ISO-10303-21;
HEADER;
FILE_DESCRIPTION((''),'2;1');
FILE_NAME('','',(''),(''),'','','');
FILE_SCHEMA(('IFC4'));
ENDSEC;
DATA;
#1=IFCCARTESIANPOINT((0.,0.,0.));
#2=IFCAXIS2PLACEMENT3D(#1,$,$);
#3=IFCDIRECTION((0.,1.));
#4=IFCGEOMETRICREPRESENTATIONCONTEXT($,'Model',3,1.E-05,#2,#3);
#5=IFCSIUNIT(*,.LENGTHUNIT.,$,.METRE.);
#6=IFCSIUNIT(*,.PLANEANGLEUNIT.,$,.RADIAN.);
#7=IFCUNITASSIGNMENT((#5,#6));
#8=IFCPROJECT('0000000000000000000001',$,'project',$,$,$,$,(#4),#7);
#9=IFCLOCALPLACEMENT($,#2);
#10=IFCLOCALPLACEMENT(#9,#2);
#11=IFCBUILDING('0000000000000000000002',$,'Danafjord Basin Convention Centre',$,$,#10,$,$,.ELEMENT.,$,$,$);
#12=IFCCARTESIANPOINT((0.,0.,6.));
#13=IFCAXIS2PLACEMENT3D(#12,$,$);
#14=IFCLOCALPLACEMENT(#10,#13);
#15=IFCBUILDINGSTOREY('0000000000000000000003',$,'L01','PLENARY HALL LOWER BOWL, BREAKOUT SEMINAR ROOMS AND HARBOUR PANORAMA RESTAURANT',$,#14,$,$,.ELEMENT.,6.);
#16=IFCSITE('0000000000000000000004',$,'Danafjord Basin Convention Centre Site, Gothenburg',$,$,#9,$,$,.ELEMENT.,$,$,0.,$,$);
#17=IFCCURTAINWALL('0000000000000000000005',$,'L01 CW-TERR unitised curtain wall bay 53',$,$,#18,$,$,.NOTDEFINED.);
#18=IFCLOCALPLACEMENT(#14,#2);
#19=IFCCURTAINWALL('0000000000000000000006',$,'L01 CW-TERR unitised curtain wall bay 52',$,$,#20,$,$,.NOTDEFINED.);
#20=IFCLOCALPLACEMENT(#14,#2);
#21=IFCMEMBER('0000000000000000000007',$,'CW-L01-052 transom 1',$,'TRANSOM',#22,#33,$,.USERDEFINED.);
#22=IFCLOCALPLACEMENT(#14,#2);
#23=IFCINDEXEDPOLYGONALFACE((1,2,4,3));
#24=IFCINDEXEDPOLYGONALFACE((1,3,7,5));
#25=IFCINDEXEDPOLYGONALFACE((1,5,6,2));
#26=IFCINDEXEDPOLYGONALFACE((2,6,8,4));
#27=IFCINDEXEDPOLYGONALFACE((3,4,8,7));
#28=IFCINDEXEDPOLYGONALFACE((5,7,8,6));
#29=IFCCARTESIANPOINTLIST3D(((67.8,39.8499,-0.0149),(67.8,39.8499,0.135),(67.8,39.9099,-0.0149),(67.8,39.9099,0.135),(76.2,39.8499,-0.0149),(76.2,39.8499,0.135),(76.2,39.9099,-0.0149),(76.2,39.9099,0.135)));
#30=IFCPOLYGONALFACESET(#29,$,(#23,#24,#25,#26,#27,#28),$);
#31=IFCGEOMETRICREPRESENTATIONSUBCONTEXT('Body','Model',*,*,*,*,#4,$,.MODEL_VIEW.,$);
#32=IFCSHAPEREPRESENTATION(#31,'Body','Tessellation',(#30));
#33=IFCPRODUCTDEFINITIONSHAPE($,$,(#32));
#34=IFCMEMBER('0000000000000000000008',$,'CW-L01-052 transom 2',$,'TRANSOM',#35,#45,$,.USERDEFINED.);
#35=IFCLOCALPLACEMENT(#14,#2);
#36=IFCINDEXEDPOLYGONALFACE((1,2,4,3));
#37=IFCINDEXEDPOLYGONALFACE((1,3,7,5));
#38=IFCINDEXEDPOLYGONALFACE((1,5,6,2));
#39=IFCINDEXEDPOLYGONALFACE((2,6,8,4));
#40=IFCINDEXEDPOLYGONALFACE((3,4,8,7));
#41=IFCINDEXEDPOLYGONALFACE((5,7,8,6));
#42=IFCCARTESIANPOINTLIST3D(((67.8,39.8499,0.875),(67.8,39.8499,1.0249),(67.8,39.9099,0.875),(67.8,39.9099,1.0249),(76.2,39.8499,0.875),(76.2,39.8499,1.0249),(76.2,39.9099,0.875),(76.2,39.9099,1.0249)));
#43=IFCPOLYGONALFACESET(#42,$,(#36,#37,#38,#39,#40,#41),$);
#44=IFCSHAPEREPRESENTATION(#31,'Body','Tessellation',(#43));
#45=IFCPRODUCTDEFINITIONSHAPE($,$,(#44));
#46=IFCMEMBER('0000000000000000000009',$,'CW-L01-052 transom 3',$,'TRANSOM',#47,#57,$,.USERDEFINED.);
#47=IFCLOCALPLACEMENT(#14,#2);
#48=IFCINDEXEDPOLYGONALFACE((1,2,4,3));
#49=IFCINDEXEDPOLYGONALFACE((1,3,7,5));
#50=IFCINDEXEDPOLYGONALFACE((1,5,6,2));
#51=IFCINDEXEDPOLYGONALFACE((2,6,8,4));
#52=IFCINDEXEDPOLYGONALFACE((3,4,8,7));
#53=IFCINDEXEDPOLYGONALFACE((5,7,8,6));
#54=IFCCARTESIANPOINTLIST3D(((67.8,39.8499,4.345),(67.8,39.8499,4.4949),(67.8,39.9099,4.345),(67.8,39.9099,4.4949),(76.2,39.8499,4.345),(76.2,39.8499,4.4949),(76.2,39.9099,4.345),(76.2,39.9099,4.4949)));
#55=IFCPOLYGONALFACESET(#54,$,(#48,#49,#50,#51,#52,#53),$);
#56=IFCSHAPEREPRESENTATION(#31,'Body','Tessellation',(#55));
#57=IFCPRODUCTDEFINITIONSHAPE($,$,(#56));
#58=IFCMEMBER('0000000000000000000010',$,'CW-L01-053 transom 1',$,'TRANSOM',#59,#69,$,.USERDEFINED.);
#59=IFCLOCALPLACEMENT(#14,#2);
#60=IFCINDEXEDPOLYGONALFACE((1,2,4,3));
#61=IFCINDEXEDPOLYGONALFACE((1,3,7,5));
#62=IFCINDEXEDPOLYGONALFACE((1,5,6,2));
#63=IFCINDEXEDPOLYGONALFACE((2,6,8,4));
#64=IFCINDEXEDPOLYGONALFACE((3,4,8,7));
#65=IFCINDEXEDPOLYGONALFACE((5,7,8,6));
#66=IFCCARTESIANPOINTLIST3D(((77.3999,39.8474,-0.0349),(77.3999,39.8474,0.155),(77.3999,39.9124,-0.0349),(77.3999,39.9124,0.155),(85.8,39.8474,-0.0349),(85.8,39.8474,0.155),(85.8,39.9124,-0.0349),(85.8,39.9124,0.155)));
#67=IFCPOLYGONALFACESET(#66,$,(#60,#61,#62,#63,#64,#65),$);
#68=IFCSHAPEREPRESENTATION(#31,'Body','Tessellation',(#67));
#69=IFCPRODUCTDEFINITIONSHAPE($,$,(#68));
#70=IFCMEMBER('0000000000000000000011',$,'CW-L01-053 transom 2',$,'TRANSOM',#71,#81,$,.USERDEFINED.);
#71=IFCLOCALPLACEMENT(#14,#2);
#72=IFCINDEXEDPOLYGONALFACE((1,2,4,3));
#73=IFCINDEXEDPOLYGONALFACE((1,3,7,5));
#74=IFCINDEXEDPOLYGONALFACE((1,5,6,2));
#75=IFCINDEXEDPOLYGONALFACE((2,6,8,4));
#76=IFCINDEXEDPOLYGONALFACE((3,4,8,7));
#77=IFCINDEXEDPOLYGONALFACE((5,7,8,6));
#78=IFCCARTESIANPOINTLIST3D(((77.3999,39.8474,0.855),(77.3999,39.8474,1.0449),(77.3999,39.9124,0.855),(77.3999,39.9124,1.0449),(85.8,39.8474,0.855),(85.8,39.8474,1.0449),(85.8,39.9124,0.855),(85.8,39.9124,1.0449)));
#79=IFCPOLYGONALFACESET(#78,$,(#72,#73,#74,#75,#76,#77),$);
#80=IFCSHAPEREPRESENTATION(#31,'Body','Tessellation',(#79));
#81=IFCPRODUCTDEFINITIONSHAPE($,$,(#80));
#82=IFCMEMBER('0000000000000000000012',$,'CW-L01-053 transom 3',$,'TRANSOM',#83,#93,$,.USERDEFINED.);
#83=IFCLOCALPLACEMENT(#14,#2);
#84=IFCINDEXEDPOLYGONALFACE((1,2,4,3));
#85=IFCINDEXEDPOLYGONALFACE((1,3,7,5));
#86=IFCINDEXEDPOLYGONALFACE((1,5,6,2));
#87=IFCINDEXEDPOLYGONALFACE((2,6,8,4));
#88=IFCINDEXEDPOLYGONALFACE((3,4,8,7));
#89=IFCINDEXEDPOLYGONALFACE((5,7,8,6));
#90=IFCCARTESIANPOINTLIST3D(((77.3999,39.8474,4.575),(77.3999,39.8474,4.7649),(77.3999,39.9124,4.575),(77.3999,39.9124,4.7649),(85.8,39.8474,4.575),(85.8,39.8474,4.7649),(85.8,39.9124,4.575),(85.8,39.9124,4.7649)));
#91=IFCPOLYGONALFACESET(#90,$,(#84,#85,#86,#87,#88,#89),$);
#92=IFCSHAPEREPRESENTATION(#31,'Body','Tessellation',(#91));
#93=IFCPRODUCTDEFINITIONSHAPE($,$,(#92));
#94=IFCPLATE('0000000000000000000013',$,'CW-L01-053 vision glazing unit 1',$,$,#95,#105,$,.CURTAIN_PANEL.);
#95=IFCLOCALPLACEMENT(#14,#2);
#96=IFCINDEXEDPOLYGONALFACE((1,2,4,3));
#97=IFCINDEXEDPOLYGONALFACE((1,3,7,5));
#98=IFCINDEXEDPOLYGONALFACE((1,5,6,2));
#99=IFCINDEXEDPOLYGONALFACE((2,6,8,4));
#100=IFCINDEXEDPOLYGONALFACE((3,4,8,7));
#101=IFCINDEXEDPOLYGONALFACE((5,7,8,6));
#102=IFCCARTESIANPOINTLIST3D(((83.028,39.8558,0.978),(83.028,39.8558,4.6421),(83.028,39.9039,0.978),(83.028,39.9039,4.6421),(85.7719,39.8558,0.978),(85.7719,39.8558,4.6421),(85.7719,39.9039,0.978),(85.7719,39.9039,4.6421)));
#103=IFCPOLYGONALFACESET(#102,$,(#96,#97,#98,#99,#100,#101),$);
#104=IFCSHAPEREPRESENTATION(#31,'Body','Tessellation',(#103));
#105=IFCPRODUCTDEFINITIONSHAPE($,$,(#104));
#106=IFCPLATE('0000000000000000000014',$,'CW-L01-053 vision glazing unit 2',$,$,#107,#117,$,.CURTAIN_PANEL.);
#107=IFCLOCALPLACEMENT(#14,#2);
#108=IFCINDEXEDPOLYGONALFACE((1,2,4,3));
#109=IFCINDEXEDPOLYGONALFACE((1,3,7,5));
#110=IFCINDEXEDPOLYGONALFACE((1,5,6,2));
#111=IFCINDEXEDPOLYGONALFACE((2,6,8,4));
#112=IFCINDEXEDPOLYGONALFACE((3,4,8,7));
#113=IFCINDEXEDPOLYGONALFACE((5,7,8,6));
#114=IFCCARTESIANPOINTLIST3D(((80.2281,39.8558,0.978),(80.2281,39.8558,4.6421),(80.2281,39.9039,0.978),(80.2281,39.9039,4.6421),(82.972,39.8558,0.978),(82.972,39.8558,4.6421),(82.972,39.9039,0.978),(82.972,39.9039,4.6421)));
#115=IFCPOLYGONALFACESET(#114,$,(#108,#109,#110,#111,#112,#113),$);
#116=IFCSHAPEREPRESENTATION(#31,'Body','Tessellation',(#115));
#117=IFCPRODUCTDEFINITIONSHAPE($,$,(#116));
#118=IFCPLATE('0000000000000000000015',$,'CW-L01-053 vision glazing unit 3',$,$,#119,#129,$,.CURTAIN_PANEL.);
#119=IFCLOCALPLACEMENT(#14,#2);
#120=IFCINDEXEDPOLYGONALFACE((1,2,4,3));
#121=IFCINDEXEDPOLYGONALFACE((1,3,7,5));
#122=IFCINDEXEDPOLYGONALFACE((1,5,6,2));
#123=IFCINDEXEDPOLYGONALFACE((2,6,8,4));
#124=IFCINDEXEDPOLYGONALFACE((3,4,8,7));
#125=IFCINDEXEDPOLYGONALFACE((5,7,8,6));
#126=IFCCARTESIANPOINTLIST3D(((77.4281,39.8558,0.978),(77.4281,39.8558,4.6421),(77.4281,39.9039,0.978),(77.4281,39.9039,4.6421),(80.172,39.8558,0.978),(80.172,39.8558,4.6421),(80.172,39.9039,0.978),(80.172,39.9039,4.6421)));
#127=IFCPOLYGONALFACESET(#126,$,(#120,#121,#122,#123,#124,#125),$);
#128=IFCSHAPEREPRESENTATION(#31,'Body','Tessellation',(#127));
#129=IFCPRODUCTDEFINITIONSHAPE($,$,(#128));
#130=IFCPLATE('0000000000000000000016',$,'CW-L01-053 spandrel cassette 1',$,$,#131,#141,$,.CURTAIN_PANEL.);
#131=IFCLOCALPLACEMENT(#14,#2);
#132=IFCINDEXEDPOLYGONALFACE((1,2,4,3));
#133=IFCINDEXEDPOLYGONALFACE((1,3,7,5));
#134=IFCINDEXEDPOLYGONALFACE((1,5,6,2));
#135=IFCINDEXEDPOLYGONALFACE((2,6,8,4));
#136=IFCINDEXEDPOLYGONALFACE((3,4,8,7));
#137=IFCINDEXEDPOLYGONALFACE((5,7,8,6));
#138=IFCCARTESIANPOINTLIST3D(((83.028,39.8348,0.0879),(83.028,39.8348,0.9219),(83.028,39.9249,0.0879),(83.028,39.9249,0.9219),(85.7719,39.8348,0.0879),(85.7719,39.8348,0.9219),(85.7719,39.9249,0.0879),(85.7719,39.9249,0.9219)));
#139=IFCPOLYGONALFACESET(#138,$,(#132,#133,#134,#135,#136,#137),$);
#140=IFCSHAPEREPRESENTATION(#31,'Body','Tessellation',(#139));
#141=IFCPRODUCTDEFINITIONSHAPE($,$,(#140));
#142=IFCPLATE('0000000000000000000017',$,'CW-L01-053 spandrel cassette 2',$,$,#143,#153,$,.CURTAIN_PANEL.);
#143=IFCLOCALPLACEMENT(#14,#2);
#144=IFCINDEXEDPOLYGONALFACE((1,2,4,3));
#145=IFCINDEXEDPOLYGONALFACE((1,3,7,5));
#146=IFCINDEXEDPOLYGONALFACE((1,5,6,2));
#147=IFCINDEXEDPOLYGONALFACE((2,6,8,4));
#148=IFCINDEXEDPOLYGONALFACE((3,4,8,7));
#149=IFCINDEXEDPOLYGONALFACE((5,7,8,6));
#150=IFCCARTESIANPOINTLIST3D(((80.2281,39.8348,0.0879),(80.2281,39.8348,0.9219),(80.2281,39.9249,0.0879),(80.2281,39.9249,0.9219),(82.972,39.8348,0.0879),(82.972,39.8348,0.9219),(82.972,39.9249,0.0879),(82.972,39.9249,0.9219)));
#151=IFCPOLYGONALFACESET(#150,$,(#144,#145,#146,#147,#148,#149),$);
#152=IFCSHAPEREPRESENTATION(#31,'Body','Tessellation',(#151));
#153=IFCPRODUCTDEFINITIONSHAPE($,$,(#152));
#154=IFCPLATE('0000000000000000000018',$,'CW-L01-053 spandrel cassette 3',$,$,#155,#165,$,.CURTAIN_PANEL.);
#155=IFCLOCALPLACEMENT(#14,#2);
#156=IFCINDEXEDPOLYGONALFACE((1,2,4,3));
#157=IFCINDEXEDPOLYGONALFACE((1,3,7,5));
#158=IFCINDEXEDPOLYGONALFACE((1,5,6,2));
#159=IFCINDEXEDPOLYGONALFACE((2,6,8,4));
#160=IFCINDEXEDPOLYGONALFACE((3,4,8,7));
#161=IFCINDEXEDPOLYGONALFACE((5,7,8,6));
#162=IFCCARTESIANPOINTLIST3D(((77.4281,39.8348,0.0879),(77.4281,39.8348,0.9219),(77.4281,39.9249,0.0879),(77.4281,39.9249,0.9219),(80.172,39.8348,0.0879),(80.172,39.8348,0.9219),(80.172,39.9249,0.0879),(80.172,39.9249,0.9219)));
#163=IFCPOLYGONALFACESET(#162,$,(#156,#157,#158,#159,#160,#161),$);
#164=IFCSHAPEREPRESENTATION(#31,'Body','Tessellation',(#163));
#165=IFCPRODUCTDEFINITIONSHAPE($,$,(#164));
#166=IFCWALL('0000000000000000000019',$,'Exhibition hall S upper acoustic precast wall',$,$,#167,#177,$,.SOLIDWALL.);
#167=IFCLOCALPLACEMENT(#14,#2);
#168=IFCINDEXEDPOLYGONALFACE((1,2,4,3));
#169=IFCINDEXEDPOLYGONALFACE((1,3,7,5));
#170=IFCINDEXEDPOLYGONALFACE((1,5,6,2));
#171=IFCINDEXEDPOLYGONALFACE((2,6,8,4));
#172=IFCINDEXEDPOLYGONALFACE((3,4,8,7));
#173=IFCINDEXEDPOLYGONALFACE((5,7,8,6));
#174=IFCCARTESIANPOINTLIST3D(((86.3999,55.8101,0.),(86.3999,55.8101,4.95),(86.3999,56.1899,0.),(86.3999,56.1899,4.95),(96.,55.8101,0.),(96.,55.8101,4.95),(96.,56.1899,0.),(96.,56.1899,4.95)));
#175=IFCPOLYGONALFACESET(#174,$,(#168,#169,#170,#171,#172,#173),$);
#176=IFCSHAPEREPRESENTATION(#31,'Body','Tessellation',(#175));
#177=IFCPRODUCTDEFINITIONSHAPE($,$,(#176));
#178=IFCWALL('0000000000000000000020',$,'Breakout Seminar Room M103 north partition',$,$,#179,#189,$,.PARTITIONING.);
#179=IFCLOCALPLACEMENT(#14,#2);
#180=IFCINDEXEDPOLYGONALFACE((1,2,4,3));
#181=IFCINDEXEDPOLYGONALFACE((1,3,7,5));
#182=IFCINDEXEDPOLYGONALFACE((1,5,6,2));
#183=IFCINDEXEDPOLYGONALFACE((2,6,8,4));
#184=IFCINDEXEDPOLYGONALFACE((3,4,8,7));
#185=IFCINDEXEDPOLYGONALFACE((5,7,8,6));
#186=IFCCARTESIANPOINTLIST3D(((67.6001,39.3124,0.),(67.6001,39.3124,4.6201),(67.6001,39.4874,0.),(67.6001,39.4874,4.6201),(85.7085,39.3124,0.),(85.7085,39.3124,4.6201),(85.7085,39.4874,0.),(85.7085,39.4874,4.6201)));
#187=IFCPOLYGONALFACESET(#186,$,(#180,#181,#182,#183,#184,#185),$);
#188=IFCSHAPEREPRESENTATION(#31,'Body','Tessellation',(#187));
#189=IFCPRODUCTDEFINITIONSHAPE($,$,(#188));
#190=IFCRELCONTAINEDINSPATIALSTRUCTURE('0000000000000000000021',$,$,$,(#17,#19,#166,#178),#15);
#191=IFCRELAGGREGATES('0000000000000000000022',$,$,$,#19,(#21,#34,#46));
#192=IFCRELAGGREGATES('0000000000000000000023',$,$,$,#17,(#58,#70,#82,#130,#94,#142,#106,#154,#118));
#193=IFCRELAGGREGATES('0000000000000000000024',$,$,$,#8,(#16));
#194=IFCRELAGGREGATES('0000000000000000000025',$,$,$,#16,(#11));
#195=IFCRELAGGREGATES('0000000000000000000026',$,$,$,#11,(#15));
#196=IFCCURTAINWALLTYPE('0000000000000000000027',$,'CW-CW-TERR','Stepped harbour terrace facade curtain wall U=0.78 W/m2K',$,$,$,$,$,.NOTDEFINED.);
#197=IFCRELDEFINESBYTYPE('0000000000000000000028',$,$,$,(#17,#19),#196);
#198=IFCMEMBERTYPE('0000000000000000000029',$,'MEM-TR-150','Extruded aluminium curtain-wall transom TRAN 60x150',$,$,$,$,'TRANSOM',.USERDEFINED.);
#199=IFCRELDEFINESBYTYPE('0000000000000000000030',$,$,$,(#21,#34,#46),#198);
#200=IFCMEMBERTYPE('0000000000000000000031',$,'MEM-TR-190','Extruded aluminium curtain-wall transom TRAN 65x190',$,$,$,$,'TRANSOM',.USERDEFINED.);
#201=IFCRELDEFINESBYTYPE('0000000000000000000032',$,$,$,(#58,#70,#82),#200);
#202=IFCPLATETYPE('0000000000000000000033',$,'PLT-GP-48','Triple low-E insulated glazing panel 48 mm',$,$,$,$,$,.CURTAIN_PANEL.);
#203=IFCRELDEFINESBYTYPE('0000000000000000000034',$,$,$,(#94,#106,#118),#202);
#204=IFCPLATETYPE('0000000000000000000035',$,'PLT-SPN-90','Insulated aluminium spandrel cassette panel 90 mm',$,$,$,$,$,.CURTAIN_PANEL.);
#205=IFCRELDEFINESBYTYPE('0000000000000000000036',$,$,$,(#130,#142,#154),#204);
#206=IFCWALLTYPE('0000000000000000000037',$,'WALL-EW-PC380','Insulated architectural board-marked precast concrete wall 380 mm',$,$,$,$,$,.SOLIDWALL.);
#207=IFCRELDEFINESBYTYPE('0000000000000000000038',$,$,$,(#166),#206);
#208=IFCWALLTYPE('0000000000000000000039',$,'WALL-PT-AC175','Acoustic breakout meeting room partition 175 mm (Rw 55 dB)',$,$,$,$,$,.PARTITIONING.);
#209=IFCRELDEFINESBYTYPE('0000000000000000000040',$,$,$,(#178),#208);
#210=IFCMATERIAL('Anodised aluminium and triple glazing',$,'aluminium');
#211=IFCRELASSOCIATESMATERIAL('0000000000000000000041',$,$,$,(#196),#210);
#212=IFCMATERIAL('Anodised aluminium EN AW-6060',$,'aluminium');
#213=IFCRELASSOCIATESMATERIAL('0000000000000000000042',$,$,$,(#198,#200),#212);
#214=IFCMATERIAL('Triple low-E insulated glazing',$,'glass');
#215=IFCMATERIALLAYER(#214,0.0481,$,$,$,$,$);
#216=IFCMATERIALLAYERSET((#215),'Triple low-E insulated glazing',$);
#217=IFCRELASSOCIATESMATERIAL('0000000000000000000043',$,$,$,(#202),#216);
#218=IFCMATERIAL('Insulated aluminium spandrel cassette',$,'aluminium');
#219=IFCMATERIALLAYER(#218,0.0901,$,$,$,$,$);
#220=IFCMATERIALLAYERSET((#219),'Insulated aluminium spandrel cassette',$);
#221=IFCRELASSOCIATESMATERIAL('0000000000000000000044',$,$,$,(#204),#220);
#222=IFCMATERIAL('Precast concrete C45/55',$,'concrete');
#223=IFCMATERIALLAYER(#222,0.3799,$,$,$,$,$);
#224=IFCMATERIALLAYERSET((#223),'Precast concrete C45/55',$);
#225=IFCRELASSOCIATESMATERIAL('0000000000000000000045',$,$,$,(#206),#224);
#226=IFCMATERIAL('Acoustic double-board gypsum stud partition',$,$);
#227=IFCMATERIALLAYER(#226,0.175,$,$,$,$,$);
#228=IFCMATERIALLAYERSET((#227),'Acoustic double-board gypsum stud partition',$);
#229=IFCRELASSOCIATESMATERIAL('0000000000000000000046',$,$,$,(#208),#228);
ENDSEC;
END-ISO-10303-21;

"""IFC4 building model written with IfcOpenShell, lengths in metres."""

from ifc_helpers import new_model, si_unit, direction, frame, frame_2d, origin, origin_2d, place, context, subcontext, project, spatial, rectangle, extrude, material, layer, layer_set, material_profile, profile_set, type_object, element, aggregate, save


model = new_model("IFC4")

# Units and contexts
model_context = context("Model", 3, precision=1e-05, world=origin(), true_north=direction((0.0, 1.0)))
body_context = subcontext(model_context, "Body", "Model", "MODEL_VIEW")
ifc_project = project(units=[si_unit("LENGTHUNIT", "METRE"), si_unit("PLANEANGLEUNIT", "RADIAN")], contexts=[model_context])

# Site, building, storey
site_placement = place(None, origin())
site = spatial("IfcSite", under=ifc_project, at=site_placement, Name="Danafjord Basin Convention Centre Site, Gothenburg", CompositionType="ELEMENT", RefElevation=0.0)
building_placement = place(site_placement, origin())
building = spatial("IfcBuilding", under=site, at=building_placement, Name="Danafjord Basin Convention Centre", CompositionType="ELEMENT")
storey_placement = place(building_placement, frame((0.0, 0.0, 6.0)))
storey = spatial("IfcBuildingStorey", under=building, at=storey_placement, Name="L01", Description="PLENARY HALL LOWER BOWL, BREAKOUT SEMINAR ROOMS AND HARBOUR PANORAMA RESTAURANT", CompositionType="ELEMENT", Elevation=6.0)

# Shared definitions
ifc_material_1 = material(Name="Precast concrete C45/55", Category="concrete")

# Curtain walls, members
ifc_material_2 = material(Name="Anodised aluminium and triple glazing", Category="aluminium")
curtain_wall_type = type_object("IfcCurtainWallType", Name="CW-CW-TERR", Description="Stepped harbour terrace facade curtain wall U=0.78 W/m2K", PredefinedType="NOTDEFINED", material=ifc_material_2)
curtain_wall_1_placement = place(storey_placement, origin())
curtain_wall_1 = element("IfcCurtainWall", 1, at=curtain_wall_1_placement, inside=storey, type_object=curtain_wall_type, Name="L01 CW-TERR unitised curtain wall bay 53", PredefinedType="NOTDEFINED")
ifc_material_3 = material(Name="Anodised aluminium EN AW-6060", Category="aluminium")
curtain_wall_2_placement = place(storey_placement, origin())
curtain_wall_2 = element("IfcCurtainWall", 2, at=curtain_wall_2_placement, inside=storey, type_object=curtain_wall_type, Name="L01 CW-TERR unitised curtain wall bay 52", PredefinedType="NOTDEFINED")
ifc_material_profile_1 = material_profile(ifc_material_3, rectangle(XDim=0.0601, YDim=0.1499, at=origin_2d()), Name="TRAN 60x150")
ifc_profile_set_1 = profile_set([ifc_material_profile_1], Name="Anodised aluminium EN AW-6060")
member_type_1 = type_object("IfcMemberType", Name="MEM-TR-150", Description="Extruded aluminium curtain-wall transom TRAN 60x150", ElementType="TRANSOM", PredefinedType="USERDEFINED", material=ifc_profile_set_1)
member_1_placement = place(storey_placement, frame((76.2, 39.8799, 0.0601), z_axis=(-1.0, 0.0, 0.0), x_axis=(0.0, -1.0, 0.0)))
member_1 = element("IfcMember", 3, at=member_1_placement, type_object=member_type_1, Name="CW-L01-052 transom 1", ObjectType="TRANSOM", PredefinedType="USERDEFINED", context=body_context, shape_type="SweptSolid", body=[
    extrude(rectangle(XDim=0.0601, YDim=0.1499, at=origin_2d()), origin(), (0.0, 0.0, 1.0), 8.3999),
])
member_2_placement = place(storey_placement, frame((76.2, 39.8799, 0.95), z_axis=(-1.0, 0.0, 0.0), x_axis=(0.0, -1.0, 0.0)))
member_2 = element("IfcMember", 4, at=member_2_placement, type_object=member_type_1, Name="CW-L01-052 transom 2", ObjectType="TRANSOM", PredefinedType="USERDEFINED", context=body_context, shape_type="SweptSolid", body=[
    extrude(rectangle(XDim=0.0601, YDim=0.1499, at=origin_2d()), origin(), (0.0, 0.0, 1.0), 8.3999),
])
member_3_placement = place(storey_placement, frame((76.2, 39.8799, 4.4199), z_axis=(-1.0, 0.0, 0.0), x_axis=(0.0, -1.0, 0.0)))
member_3 = element("IfcMember", 5, at=member_3_placement, type_object=member_type_1, Name="CW-L01-052 transom 3", ObjectType="TRANSOM", PredefinedType="USERDEFINED", context=body_context, shape_type="SweptSolid", body=[
    extrude(rectangle(XDim=0.0601, YDim=0.1499, at=origin_2d()), origin(), (0.0, 0.0, 1.0), 8.3999),
])
aggregate(curtain_wall_2, [member_1, member_2, member_3])

# Members
ifc_material_profile_2 = material_profile(ifc_material_3, rectangle(XDim=0.0649, YDim=0.1899, at=origin_2d()), Name="TRAN 65x190")
ifc_profile_set_2 = profile_set([ifc_material_profile_2], Name="Anodised aluminium EN AW-6060")
member_type_2 = type_object("IfcMemberType", Name="MEM-TR-190", Description="Extruded aluminium curtain-wall transom TRAN 65x190", ElementType="TRANSOM", PredefinedType="USERDEFINED", material=ifc_profile_set_2)
member_4_placement = place(storey_placement, frame((85.8, 39.8799, 0.0601), z_axis=(-1.0, 0.0, 0.0), x_axis=(0.0, -1.0, 0.0)))
member_4 = element("IfcMember", 6, at=member_4_placement, type_object=member_type_2, Name="CW-L01-053 transom 1", ObjectType="TRANSOM", PredefinedType="USERDEFINED", context=body_context, shape_type="SweptSolid", body=[
    extrude(rectangle(XDim=0.0649, YDim=0.1899, at=origin_2d()), origin(), (0.0, 0.0, 1.0), 8.4001),
])
member_5_placement = place(storey_placement, frame((85.8, 39.8799, 0.95), z_axis=(-1.0, 0.0, 0.0), x_axis=(0.0, -1.0, 0.0)))
member_5 = element("IfcMember", 7, at=member_5_placement, type_object=member_type_2, Name="CW-L01-053 transom 2", ObjectType="TRANSOM", PredefinedType="USERDEFINED", context=body_context, shape_type="SweptSolid", body=[
    extrude(rectangle(XDim=0.0649, YDim=0.1899, at=origin_2d()), origin(), (0.0, 0.0, 1.0), 8.4001),
])
member_6_placement = place(storey_placement, frame((85.8, 39.8799, 4.6699), z_axis=(-1.0, 0.0, 0.0), x_axis=(0.0, -1.0, 0.0)))
member_6 = element("IfcMember", 8, at=member_6_placement, type_object=member_type_2, Name="CW-L01-053 transom 3", ObjectType="TRANSOM", PredefinedType="USERDEFINED", context=body_context, shape_type="SweptSolid", body=[
    extrude(rectangle(XDim=0.0649, YDim=0.1899, at=origin_2d()), origin(), (0.0, 0.0, 1.0), 8.4001),
])

# Plates
ifc_material_4 = material(Name="Triple low-E insulated glazing", Category="glass")
ifc_layer_1 = layer(ifc_material_4, 0.0481)
ifc_layer_set_1 = layer_set([ifc_layer_1], Name="Triple low-E insulated glazing")
plate_type_1 = type_object("IfcPlateType", Name="PLT-GP-48", Description="Triple low-E insulated glazing panel 48 mm", PredefinedType="CURTAIN_PANEL", material=ifc_layer_set_1)
plate_1_placement = place(storey_placement, frame((84.3999, 39.8799, 0.978), z_axis=(0.0, 0.0, 1.0), x_axis=(-1.0, 0.0, 0.0)))
plate_1 = element("IfcPlate", 9, at=plate_1_placement, type_object=plate_type_1, Name="CW-L01-053 vision glazing unit 1", PredefinedType="CURTAIN_PANEL", context=body_context, shape_type="SweptSolid", body=[
    extrude(rectangle(XDim=2.7439, YDim=0.0481, at=origin_2d()), origin(), (0.0, 0.0, 1.0), 3.6641),
])
plate_2_placement = place(storey_placement, frame((81.6001, 39.8799, 0.978), z_axis=(0.0, 0.0, 1.0), x_axis=(-1.0, 0.0, 0.0)))
plate_2 = element("IfcPlate", 10, at=plate_2_placement, type_object=plate_type_1, Name="CW-L01-053 vision glazing unit 2", PredefinedType="CURTAIN_PANEL", context=body_context, shape_type="SweptSolid", body=[
    extrude(rectangle(XDim=2.7439, YDim=0.0481, at=origin_2d()), origin(), (0.0, 0.0, 1.0), 3.6641),
])
plate_3_placement = place(storey_placement, frame((78.8, 39.8799, 0.978), z_axis=(0.0, 0.0, 1.0), x_axis=(-1.0, 0.0, 0.0)))
plate_3 = element("IfcPlate", 11, at=plate_3_placement, type_object=plate_type_1, Name="CW-L01-053 vision glazing unit 3", PredefinedType="CURTAIN_PANEL", context=body_context, shape_type="SweptSolid", body=[
    extrude(rectangle(XDim=2.7439, YDim=0.0481, at=origin_2d()), origin(), (0.0, 0.0, 1.0), 3.6641),
])
ifc_material_5 = material(Name="Insulated aluminium spandrel cassette", Category="aluminium")
ifc_layer_2 = layer(ifc_material_5, 0.0901)
ifc_layer_set_2 = layer_set([ifc_layer_2], Name="Insulated aluminium spandrel cassette")
plate_type_2 = type_object("IfcPlateType", Name="PLT-SPN-90", Description="Insulated aluminium spandrel cassette panel 90 mm", PredefinedType="CURTAIN_PANEL", material=ifc_layer_set_2)
plate_4_placement = place(storey_placement, frame((84.3999, 39.8799, 0.0879), z_axis=(0.0, 0.0, 1.0), x_axis=(-1.0, 0.0, 0.0)))
plate_4 = element("IfcPlate", 12, at=plate_4_placement, type_object=plate_type_2, Name="CW-L01-053 spandrel cassette 1", PredefinedType="CURTAIN_PANEL", context=body_context, shape_type="SweptSolid", body=[
    extrude(rectangle(XDim=2.7439, YDim=0.0901, at=origin_2d()), origin(), (0.0, 0.0, 1.0), 0.834),
])
plate_5_placement = place(storey_placement, frame((81.6001, 39.8799, 0.0879), z_axis=(0.0, 0.0, 1.0), x_axis=(-1.0, 0.0, 0.0)))
plate_5 = element("IfcPlate", 13, at=plate_5_placement, type_object=plate_type_2, Name="CW-L01-053 spandrel cassette 2", PredefinedType="CURTAIN_PANEL", context=body_context, shape_type="SweptSolid", body=[
    extrude(rectangle(XDim=2.7439, YDim=0.0901, at=origin_2d()), origin(), (0.0, 0.0, 1.0), 0.834),
])
plate_6_placement = place(storey_placement, frame((78.8, 39.8799, 0.0879), z_axis=(0.0, 0.0, 1.0), x_axis=(-1.0, 0.0, 0.0)))
plate_6 = element("IfcPlate", 14, at=plate_6_placement, type_object=plate_type_2, Name="CW-L01-053 spandrel cassette 3", PredefinedType="CURTAIN_PANEL", context=body_context, shape_type="SweptSolid", body=[
    extrude(rectangle(XDim=2.7439, YDim=0.0901, at=origin_2d()), origin(), (0.0, 0.0, 1.0), 0.834),
])
aggregate(curtain_wall_1, [member_4, member_5, member_6, plate_4, plate_1, plate_5, plate_2, plate_6, plate_3])

# Walls
ifc_layer_3 = layer(ifc_material_1, 0.3799)
ifc_layer_set_3 = layer_set([ifc_layer_3], Name="Precast concrete C45/55")
wall_type_1 = type_object("IfcWallType", Name="WALL-EW-PC380", Description="Insulated architectural board-marked precast concrete wall 380 mm", PredefinedType="SOLIDWALL", material=ifc_layer_set_3)
wall_1_placement = place(storey_placement, frame((86.3999, 56.0, 0.0), z_axis=(0.0, 0.0, 1.0), x_axis=(1.0, 0.0, 0.0)))
element("IfcWall", 15, at=wall_1_placement, inside=storey, type_object=wall_type_1, Name="Exhibition hall S upper acoustic precast wall", PredefinedType="SOLIDWALL", context=body_context, shape_type="SweptSolid", body=[
    extrude(rectangle(XDim=9.6001, YDim=0.3799, at=frame_2d((4.8, 0.0))), origin(), (0.0, 0.0, 1.0), 4.95),
])
ifc_material_6 = material(Name="Acoustic double-board gypsum stud partition")
ifc_layer_4 = layer(ifc_material_6, 0.175)
ifc_layer_set_4 = layer_set([ifc_layer_4], Name="Acoustic double-board gypsum stud partition")
wall_type_2 = type_object("IfcWallType", Name="WALL-PT-AC175", Description="Acoustic breakout meeting room partition 175 mm (Rw 55 dB)", PredefinedType="PARTITIONING", material=ifc_layer_set_4)
wall_2_placement = place(storey_placement, frame((85.7085, 39.3999, 0.0), z_axis=(0.0, 0.0, 1.0), x_axis=(-1.0, 0.0, 0.0)))
element("IfcWall", 16, at=wall_2_placement, inside=storey, type_object=wall_type_2, Name="Breakout Seminar Room M103 north partition", PredefinedType="PARTITIONING", context=body_context, shape_type="SweptSolid", body=[
    extrude(rectangle(XDim=18.1084, YDim=0.175, at=frame_2d((9.0542, 0.0))), origin(), (0.0, 0.0, 1.0), 4.6201),
])

save(model, "model.ifc")
